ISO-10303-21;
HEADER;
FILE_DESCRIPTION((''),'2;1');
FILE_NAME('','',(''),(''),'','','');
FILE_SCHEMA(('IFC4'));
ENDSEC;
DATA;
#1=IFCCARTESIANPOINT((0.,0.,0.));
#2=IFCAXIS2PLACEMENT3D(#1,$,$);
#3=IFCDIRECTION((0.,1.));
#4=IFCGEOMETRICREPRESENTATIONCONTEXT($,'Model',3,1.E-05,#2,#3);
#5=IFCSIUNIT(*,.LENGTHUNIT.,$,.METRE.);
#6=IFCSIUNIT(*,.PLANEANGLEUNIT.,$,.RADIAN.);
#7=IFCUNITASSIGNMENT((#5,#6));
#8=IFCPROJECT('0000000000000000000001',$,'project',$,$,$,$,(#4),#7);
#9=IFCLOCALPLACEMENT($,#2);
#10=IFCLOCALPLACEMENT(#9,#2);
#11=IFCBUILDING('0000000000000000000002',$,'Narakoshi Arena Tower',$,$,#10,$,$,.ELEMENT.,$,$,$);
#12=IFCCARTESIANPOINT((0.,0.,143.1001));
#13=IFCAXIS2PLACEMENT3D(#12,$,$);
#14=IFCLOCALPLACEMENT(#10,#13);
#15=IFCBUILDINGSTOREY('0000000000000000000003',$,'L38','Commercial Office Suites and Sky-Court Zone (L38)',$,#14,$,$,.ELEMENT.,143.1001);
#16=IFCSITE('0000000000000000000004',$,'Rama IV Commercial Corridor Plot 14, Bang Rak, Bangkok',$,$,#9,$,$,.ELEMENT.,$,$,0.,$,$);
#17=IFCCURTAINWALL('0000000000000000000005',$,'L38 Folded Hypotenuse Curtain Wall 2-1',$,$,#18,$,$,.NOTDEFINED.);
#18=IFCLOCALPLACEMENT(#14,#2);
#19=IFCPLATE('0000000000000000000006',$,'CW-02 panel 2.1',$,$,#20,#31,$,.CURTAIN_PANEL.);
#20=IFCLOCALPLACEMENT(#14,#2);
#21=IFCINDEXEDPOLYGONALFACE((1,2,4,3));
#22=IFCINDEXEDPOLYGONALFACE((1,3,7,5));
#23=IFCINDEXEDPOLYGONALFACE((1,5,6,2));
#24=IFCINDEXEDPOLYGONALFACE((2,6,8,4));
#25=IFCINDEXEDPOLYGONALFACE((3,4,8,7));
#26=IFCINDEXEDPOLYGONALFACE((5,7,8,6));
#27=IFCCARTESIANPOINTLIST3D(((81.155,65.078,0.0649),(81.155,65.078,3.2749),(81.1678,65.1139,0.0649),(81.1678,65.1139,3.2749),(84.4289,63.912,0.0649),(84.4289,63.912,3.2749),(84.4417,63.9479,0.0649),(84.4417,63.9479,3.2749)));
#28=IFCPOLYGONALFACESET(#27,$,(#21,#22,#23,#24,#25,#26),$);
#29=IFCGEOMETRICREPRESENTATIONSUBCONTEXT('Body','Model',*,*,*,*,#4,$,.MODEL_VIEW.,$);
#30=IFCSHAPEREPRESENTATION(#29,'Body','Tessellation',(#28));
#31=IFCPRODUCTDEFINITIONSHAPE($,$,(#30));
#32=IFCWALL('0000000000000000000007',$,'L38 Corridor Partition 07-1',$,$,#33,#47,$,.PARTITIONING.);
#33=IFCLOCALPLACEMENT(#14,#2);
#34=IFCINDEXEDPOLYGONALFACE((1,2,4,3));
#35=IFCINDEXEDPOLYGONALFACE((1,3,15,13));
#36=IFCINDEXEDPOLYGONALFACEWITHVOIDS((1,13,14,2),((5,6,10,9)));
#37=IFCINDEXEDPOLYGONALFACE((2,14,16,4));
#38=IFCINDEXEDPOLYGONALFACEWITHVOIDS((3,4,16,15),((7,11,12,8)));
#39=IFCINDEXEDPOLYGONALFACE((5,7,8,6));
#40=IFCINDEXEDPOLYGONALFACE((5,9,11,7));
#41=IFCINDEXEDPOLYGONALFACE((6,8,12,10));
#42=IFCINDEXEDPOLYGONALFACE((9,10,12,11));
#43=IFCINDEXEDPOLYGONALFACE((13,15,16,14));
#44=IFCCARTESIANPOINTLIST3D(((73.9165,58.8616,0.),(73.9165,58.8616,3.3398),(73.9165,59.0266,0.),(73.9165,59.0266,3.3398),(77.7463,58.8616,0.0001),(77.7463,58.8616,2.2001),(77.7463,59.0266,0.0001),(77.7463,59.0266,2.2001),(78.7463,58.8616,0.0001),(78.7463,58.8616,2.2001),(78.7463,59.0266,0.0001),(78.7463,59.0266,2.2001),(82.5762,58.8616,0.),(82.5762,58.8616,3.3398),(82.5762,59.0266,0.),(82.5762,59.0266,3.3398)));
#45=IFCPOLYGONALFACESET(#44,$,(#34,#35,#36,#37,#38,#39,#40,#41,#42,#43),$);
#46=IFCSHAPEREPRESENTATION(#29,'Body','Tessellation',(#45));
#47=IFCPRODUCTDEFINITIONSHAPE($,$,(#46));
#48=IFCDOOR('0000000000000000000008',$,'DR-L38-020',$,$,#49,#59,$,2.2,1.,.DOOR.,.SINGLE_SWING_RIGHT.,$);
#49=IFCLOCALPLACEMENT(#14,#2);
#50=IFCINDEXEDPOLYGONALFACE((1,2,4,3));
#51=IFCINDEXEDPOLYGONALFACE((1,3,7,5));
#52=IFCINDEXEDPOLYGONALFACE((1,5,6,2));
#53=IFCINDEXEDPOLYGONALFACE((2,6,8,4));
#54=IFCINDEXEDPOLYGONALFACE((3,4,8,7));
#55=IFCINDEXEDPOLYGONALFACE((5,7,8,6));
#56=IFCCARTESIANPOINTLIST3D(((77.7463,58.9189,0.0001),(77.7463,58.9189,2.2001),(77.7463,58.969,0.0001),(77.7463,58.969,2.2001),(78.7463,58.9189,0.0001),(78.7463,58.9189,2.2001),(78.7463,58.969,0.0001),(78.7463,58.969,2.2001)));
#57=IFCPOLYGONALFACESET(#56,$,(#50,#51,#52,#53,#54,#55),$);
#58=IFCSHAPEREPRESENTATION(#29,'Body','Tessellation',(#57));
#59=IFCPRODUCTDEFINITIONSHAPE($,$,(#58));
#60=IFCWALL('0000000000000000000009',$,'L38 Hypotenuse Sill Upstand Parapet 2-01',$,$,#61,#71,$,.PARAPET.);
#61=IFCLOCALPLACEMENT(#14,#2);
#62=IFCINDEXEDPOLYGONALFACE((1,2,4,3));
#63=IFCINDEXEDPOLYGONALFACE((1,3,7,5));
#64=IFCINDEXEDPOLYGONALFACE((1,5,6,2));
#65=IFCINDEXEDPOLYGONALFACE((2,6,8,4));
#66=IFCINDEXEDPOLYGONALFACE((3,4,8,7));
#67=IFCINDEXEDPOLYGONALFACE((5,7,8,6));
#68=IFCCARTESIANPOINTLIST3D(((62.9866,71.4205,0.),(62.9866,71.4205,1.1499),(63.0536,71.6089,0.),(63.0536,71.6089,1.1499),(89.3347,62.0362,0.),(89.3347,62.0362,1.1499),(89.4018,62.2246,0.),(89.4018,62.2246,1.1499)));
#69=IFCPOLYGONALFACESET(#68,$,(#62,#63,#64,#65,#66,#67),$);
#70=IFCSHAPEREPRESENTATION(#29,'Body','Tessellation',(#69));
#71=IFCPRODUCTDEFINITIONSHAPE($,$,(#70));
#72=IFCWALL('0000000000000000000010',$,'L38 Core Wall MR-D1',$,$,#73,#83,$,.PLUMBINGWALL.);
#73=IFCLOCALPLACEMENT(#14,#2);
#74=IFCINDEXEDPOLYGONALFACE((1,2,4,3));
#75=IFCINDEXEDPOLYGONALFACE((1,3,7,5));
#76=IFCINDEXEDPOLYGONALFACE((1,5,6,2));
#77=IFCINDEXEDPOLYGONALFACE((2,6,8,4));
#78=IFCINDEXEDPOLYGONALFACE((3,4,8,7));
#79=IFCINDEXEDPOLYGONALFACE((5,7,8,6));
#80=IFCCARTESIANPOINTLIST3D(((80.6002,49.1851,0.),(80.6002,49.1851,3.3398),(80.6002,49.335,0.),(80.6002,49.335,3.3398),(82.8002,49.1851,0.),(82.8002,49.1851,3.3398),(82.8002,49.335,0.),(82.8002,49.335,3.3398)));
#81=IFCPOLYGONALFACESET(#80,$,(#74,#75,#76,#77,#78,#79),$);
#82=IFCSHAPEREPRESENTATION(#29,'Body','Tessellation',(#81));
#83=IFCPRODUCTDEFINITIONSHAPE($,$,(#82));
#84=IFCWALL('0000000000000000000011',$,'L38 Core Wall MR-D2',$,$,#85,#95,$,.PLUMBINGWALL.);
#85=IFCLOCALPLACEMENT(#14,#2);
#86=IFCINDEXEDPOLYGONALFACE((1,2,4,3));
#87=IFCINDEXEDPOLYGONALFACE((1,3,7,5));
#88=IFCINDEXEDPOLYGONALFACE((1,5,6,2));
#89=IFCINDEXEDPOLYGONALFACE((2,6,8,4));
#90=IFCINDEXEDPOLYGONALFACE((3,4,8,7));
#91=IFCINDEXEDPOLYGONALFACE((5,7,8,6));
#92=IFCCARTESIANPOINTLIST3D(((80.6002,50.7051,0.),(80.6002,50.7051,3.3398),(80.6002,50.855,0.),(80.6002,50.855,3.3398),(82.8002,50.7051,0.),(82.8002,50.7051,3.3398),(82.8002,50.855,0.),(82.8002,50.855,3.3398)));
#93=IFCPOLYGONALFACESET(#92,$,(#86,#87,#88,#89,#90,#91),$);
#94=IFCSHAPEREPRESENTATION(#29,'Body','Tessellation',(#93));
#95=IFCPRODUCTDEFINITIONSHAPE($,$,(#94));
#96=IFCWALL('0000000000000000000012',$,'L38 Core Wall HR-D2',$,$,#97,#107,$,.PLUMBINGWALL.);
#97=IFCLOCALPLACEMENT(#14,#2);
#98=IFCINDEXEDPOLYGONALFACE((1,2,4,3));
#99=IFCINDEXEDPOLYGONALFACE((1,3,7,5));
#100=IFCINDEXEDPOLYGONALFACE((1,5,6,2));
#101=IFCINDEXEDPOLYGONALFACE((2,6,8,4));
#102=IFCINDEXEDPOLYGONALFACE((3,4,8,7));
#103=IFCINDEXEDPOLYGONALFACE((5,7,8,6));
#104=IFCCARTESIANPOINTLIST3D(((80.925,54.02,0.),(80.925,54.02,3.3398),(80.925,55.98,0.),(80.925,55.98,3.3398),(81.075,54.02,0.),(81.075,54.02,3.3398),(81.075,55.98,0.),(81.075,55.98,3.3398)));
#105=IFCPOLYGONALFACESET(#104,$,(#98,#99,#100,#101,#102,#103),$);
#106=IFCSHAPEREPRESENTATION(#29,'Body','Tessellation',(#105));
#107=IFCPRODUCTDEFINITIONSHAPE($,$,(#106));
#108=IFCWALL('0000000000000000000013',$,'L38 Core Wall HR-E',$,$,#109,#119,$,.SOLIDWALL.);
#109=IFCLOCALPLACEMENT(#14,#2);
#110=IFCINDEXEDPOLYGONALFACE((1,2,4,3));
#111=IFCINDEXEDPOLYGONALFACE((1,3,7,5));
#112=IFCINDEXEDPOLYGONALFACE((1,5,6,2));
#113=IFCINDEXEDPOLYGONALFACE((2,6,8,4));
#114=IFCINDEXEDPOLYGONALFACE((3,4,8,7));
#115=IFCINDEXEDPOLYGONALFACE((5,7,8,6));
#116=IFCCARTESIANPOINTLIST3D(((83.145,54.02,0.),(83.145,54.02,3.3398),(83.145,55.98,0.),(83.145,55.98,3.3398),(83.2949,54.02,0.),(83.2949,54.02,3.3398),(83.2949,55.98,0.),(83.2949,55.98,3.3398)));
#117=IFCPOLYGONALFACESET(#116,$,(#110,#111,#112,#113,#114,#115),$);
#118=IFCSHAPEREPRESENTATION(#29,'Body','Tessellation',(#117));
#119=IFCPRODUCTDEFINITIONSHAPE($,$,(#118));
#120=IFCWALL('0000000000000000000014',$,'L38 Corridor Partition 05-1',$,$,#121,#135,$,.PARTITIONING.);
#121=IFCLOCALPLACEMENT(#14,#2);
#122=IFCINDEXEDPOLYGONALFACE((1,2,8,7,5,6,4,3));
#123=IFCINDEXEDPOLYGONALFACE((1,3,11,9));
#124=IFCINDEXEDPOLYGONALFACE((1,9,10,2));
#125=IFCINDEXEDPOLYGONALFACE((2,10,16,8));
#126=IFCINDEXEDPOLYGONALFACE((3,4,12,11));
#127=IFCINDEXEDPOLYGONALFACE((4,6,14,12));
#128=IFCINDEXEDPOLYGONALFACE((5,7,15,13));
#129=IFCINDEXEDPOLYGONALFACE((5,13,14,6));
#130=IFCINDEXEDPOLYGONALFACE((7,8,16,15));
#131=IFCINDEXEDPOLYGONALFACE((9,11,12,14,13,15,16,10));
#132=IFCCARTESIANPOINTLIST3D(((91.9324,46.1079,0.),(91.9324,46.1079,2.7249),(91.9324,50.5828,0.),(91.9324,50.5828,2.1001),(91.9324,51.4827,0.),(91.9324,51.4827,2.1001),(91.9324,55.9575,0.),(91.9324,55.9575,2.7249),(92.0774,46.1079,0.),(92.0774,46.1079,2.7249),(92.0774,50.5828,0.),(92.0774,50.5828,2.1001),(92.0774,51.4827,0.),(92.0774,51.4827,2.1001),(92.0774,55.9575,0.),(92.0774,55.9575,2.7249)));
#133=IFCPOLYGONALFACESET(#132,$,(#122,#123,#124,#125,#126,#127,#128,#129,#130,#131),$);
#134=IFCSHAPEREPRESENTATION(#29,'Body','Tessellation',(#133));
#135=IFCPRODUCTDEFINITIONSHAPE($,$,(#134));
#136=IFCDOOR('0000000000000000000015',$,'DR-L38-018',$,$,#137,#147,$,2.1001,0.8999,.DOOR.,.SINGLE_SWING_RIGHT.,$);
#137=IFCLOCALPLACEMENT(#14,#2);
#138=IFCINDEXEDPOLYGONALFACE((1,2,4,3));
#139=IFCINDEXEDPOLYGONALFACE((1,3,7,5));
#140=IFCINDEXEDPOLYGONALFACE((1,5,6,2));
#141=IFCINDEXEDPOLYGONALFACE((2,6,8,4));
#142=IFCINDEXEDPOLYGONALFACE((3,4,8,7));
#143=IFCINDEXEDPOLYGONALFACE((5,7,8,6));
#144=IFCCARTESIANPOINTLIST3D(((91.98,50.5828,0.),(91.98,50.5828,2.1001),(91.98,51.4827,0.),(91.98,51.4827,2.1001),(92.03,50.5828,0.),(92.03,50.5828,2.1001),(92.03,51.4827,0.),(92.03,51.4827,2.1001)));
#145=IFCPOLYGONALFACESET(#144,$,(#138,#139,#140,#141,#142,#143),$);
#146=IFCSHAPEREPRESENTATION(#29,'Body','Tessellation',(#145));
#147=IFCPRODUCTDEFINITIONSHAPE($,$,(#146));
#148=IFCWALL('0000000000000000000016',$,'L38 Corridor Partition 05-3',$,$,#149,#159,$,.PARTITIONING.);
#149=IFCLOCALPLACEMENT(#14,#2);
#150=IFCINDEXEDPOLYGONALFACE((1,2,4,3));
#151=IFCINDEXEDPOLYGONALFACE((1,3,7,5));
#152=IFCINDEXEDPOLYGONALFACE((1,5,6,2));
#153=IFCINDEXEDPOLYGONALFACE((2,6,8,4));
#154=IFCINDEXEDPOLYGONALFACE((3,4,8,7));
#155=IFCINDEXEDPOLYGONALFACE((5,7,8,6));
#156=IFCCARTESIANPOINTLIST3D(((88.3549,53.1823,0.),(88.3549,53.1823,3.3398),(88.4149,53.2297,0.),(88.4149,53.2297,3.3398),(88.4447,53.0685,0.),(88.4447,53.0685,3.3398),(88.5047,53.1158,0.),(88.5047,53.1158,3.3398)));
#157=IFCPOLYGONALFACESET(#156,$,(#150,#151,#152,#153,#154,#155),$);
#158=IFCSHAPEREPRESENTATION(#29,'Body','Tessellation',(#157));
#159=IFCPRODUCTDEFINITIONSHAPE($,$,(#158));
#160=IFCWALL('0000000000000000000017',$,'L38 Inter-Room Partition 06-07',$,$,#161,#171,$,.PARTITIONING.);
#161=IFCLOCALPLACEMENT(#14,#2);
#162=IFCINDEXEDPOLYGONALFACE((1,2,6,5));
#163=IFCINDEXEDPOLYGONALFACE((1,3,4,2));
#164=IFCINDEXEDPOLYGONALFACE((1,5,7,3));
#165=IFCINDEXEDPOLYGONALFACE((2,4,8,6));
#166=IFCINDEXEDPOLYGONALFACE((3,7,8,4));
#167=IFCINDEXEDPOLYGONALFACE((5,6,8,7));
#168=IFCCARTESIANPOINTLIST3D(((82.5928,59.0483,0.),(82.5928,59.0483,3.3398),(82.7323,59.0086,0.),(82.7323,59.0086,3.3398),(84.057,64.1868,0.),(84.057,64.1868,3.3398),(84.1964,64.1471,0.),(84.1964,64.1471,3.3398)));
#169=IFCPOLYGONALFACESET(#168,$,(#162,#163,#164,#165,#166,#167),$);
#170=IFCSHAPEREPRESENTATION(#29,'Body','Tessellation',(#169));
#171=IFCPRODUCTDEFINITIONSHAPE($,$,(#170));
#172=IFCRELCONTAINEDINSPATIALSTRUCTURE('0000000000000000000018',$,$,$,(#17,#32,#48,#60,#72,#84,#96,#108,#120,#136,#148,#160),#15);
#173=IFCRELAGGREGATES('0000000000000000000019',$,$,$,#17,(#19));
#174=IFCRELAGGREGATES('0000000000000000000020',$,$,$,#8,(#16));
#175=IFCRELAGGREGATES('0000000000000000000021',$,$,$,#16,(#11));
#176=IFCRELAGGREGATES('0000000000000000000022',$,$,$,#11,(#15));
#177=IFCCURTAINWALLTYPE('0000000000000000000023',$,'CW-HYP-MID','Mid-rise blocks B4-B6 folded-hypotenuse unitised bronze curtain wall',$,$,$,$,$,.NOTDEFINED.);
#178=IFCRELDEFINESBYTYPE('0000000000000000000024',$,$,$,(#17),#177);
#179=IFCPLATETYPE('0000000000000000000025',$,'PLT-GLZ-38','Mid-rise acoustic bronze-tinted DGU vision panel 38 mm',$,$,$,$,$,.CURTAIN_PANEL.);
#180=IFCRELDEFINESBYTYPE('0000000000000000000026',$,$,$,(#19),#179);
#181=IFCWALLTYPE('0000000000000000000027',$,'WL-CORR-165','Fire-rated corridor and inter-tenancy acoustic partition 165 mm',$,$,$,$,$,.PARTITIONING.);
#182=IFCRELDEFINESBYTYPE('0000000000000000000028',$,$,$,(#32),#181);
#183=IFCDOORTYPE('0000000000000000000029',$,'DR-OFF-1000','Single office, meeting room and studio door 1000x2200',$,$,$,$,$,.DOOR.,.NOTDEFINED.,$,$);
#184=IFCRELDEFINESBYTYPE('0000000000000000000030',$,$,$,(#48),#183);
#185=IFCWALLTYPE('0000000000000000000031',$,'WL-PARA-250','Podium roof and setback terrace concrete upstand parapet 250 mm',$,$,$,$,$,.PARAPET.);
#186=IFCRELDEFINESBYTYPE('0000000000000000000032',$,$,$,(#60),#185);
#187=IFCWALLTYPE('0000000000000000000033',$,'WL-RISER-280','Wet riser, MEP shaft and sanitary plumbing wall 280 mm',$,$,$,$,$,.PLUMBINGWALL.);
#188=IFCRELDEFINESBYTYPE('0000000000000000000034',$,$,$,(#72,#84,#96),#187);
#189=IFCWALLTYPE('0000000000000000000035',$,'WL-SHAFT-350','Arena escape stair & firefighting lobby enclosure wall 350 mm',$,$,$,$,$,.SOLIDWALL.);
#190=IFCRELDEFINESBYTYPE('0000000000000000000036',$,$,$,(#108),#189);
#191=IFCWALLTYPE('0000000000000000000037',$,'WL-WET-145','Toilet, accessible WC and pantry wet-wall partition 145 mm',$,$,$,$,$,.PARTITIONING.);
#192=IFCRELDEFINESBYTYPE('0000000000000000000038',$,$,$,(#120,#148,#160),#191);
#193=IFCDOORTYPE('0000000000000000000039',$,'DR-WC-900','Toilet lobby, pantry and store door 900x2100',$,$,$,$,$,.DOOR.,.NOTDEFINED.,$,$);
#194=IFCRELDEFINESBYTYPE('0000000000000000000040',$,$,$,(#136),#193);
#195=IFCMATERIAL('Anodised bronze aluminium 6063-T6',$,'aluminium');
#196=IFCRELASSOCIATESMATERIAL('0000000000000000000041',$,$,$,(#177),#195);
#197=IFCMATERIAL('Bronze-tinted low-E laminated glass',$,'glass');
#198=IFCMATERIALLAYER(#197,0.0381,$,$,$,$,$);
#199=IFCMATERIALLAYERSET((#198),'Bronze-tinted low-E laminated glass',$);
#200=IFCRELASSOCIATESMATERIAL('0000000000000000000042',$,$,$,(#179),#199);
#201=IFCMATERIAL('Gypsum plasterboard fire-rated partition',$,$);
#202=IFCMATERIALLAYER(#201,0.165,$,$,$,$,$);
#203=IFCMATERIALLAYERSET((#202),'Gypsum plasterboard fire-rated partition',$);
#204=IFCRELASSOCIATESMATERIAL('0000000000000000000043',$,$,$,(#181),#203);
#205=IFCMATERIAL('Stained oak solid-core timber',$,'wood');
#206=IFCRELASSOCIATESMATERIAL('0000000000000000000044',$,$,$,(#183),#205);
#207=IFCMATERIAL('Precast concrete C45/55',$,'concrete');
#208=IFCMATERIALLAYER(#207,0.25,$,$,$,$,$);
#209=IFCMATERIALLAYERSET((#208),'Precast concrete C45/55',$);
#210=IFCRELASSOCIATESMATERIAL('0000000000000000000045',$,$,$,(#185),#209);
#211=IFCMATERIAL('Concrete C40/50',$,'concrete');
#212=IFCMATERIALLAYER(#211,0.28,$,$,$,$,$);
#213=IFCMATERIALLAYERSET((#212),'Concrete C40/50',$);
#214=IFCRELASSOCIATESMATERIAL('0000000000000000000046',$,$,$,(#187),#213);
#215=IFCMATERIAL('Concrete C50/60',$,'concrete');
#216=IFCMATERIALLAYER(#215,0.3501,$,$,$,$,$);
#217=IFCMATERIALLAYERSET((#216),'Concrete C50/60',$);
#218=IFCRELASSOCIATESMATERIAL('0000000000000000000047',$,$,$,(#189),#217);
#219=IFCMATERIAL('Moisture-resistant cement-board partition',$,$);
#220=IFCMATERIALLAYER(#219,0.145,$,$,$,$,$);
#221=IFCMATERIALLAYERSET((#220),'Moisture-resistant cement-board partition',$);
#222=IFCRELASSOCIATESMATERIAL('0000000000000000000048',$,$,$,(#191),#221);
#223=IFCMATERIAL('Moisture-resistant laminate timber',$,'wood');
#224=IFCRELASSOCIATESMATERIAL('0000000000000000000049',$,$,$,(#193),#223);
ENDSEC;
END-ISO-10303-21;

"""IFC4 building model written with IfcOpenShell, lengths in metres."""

from ifc_helpers import new_model, si_unit, direction, frame, frame_2d, origin, origin_2d, place, context, subcontext, project, spatial, rectangle, extrude, material, layer, layer_set, type_object, element, fill, aggregate, save


model = new_model("IFC4")

# Units and contexts
model_context = context("Model", 3, precision=1e-05, world=origin(), true_north=direction((0.0, 1.0)))
body_context = subcontext(model_context, "Body", "Model", "MODEL_VIEW")
ifc_project = project(units=[si_unit("LENGTHUNIT", "METRE"), si_unit("PLANEANGLEUNIT", "RADIAN")], contexts=[model_context])

# Site, building, storey
site_placement = place(None, origin())
site = spatial("IfcSite", under=ifc_project, at=site_placement, Name="Rama IV Commercial Corridor Plot 14, Bang Rak, Bangkok", CompositionType="ELEMENT", RefElevation=0.0)
building_placement = place(site_placement, origin())
building = spatial("IfcBuilding", under=site, at=building_placement, Name="Narakoshi Arena Tower", CompositionType="ELEMENT")
storey_placement = place(building_placement, frame((0.0, 0.0, 143.1001)))
storey = spatial("IfcBuildingStorey", under=building, at=storey_placement, Name="L38", Description="Commercial Office Suites and Sky-Court Zone (L38)", CompositionType="ELEMENT", Elevation=143.1001)

# Shared definitions
ifc_material_1 = material(Name="Anodised bronze aluminium 6063-T6", Category="aluminium")
curtain_wall_type = type_object("IfcCurtainWallType", Name="CW-HYP-MID", Description="Mid-rise blocks B4-B6 folded-hypotenuse unitised bronze curtain wall", PredefinedType="NOTDEFINED", material=ifc_material_1)

# Curtain wall, plate
curtain_wall_1_placement = place(storey_placement, origin())
curtain_wall_1 = element("IfcCurtainWall", 1, at=curtain_wall_1_placement, inside=storey, type_object=curtain_wall_type, Name="L38 Folded Hypotenuse Curtain Wall 2-1", PredefinedType="NOTDEFINED")
ifc_material_2 = material(Name="Bronze-tinted low-E laminated glass", Category="glass")
ifc_layer_1 = layer(ifc_material_2, 0.0381)
ifc_layer_set_1 = layer_set([ifc_layer_1], Name="Bronze-tinted low-E laminated glass")
plate_type = type_object("IfcPlateType", Name="PLT-GLZ-38", Description="Mid-rise acoustic bronze-tinted DGU vision panel 38 mm", PredefinedType="CURTAIN_PANEL", material=ifc_layer_set_1)
plate_1_placement = place(storey_placement, frame((82.7983, 64.5129, 0.0649), z_axis=(0.0, 0.0, 1.0), x_axis=(-0.942034, 0.335518, 0.0)))
plate_1 = element("IfcPlate", 2, at=plate_1_placement, type_object=plate_type, Name="CW-02 panel 2.1", PredefinedType="CURTAIN_PANEL", context=body_context, shape_type="SweptSolid", body=[
    extrude(rectangle(XDim=3.4753, YDim=0.0381, at=origin_2d()), origin(), (0.0, 0.0, 1.0), 3.21),
])
aggregate(curtain_wall_1, [plate_1])

# Wall, opening, door
ifc_material_3 = material(Name="Gypsum plasterboard fire-rated partition")
ifc_layer_2 = layer(ifc_material_3, 0.165)
ifc_layer_set_2 = layer_set([ifc_layer_2], Name="Gypsum plasterboard fire-rated partition")
wall_type_1 = type_object("IfcWallType", Name="WL-CORR-165", Description="Fire-rated corridor and inter-tenancy acoustic partition 165 mm", PredefinedType="PARTITIONING", material=ifc_layer_set_2)
wall_1_placement = place(storey_placement, frame((82.5762, 58.9441, 0.0), z_axis=(0.0, 0.0, 1.0), x_axis=(-1.0, 0.0, 0.0)))
wall_1 = element("IfcWall", 3, at=wall_1_placement, inside=storey, type_object=wall_type_1, Name="L38 Corridor Partition 07-1", PredefinedType="PARTITIONING", context=body_context, shape_type="SweptSolid", body=[
    extrude(rectangle(XDim=8.6597, YDim=0.165, at=frame_2d((4.3298, 0.0))), origin(), (0.0, 0.0, 1.0), 3.3398),
])
opening_1_placement = place(wall_1_placement, frame((3.8298, 0.0, 0.0)))
opening_1 = element("IfcOpeningElement", 4, at=opening_1_placement, cuts=wall_1, PredefinedType="OPENING", context=body_context, shape_type="SweptSolid", body=[
    extrude(rectangle(XDim=1.0, YDim=2.2, at=frame_2d((0.5, 1.1001))), frame((0.0, 0.0925, 0.0), z_axis=(0.0, -1.0, 0.0), x_axis=(1.0, 0.0, 0.0)), (0.0, 0.0, 1.0), 0.1851),
])
ifc_material_4 = material(Name="Stained oak solid-core timber", Category="wood")
door_type_1 = type_object("IfcDoorType", Name="DR-OFF-1000", Description="Single office, meeting room and studio door 1000x2200", OperationType="NOTDEFINED", PredefinedType="DOOR", material=ifc_material_4)
door_1_placement = place(opening_1_placement, frame((1.0, 0.0, 0.0), z_axis=(0.0, 0.0, 1.0), x_axis=(-1.0, 0.0, 0.0)))
door_1 = element("IfcDoor", 5, at=door_1_placement, inside=storey, type_object=door_type_1, Name="DR-L38-020", OperationType="SINGLE_SWING_RIGHT", OverallHeight=2.2, OverallWidth=1.0, PredefinedType="DOOR", context=body_context, shape_type="SweptSolid", body=[
    extrude(rectangle(XDim=1.0, YDim=2.2, at=frame_2d((0.5, 1.1001))), frame((0.0, 0.0249, 0.0), z_axis=(0.0, -1.0, 0.0), x_axis=(1.0, 0.0, 0.0)), (0.0, 0.0, 1.0), 0.05),
])
fill(opening_1, door_1)

# Walls
ifc_material_5 = material(Name="Precast concrete C45/55", Category="concrete")
ifc_layer_3 = layer(ifc_material_5, 0.25)
ifc_layer_set_3 = layer_set([ifc_layer_3], Name="Precast concrete C45/55")
wall_type_2 = type_object("IfcWallType", Name="WL-PARA-250", Description="Podium roof and setback terrace concrete upstand parapet 250 mm", PredefinedType="PARAPET", material=ifc_layer_set_3)
wall_2_placement = place(storey_placement, frame((89.3684, 62.1304, 0.0), z_axis=(0.0, 0.0, 1.0), x_axis=(-0.942033, 0.335519, 0.0)))
element("IfcWall", 6, at=wall_2_placement, inside=storey, type_object=wall_type_2, Name="L38 Hypotenuse Sill Upstand Parapet 2-01", PredefinedType="PARAPET", context=body_context, shape_type="SweptSolid", body=[
    extrude(rectangle(XDim=27.9695, YDim=0.2, at=frame_2d((13.9849, 0.0))), origin(), (0.0, 0.0, 1.0), 1.1499),
])
ifc_material_6 = material(Name="Concrete C40/50", Category="concrete")
ifc_layer_4 = layer(ifc_material_6, 0.28)
ifc_layer_set_4 = layer_set([ifc_layer_4], Name="Concrete C40/50")
wall_type_3 = type_object("IfcWallType", Name="WL-RISER-280", Description="Wet riser, MEP shaft and sanitary plumbing wall 280 mm", PredefinedType="PLUMBINGWALL", material=ifc_layer_set_4)
for number, where, z_axis, x_axis, name in (
    (7, (80.6001, 49.26, 0.0), (0.0, 0.0, 1.0), (1.0, 0.0, 0.0), "L38 Core Wall MR-D1"),
    (8, (80.6001, 50.78, 0.0), (0.0, 0.0, 1.0), (1.0, 0.0, 0.0), "L38 Core Wall MR-D2"),
):
    element("IfcWall", number, at=place(storey_placement, frame(where, z_axis=z_axis, x_axis=x_axis)), inside=storey, type_object=wall_type_3, Name=name, PredefinedType="PLUMBINGWALL", context=body_context, shape_type="SweptSolid", body=[
        extrude(rectangle(XDim=2.2, YDim=0.1499, at=frame_2d((1.1001, 0.0))), origin(), (0.0, 0.0, 1.0), 3.3398),
    ])
wall_3_placement = place(storey_placement, frame((81.0, 54.02, 0.0), z_axis=(0.0, 0.0, 1.0), x_axis=(0.0, 1.0, 0.0)))
element("IfcWall", 9, at=wall_3_placement, inside=storey, type_object=wall_type_3, Name="L38 Core Wall HR-D2", PredefinedType="PLUMBINGWALL", context=body_context, shape_type="SweptSolid", body=[
    extrude(rectangle(XDim=1.96, YDim=0.1499, at=frame_2d((0.98, 0.0))), origin(), (0.0, 0.0, 1.0), 3.3398),
])
ifc_material_7 = material(Name="Concrete C50/60", Category="concrete")
ifc_layer_5 = layer(ifc_material_7, 0.3501)
ifc_layer_set_5 = layer_set([ifc_layer_5], Name="Concrete C50/60")
wall_type_4 = type_object("IfcWallType", Name="WL-SHAFT-350", Description="Arena escape stair & firefighting lobby enclosure wall 350 mm", PredefinedType="SOLIDWALL", material=ifc_layer_set_5)
wall_4_placement = place(storey_placement, frame((83.22, 54.02, 0.0), z_axis=(0.0, 0.0, 1.0), x_axis=(0.0, 1.0, 0.0)))
element("IfcWall", 10, at=wall_4_placement, inside=storey, type_object=wall_type_4, Name="L38 Core Wall HR-E", PredefinedType="SOLIDWALL", context=body_context, shape_type="SweptSolid", body=[
    extrude(rectangle(XDim=1.96, YDim=0.1499, at=frame_2d((0.98, 0.0))), origin(), (0.0, 0.0, 1.0), 3.3398),
])

# Wall, opening, door
ifc_material_8 = material(Name="Moisture-resistant cement-board partition")
ifc_layer_6 = layer(ifc_material_8, 0.145)
ifc_layer_set_6 = layer_set([ifc_layer_6], Name="Moisture-resistant cement-board partition")
wall_type_5 = type_object("IfcWallType", Name="WL-WET-145", Description="Toilet, accessible WC and pantry wet-wall partition 145 mm", PredefinedType="PARTITIONING", material=ifc_layer_set_6)
wall_5_placement = place(storey_placement, frame((92.0049, 55.9575, 0.0), z_axis=(0.0, 0.0, 1.0), x_axis=(0.0, -1.0, 0.0)))
wall_5 = element("IfcWall", 11, at=wall_5_placement, inside=storey, type_object=wall_type_5, Name="L38 Corridor Partition 05-1", PredefinedType="PARTITIONING", context=body_context, shape_type="SweptSolid", body=[
    extrude(rectangle(XDim=9.8496, YDim=0.145, at=frame_2d((4.9248, 0.0))), origin(), (0.0, 0.0, 1.0), 2.7249),
])
opening_2_placement = place(wall_5_placement, frame((4.4749, 0.0, 0.0)))
opening_2 = element("IfcOpeningElement", 12, at=opening_2_placement, cuts=wall_5, PredefinedType="OPENING", context=body_context, shape_type="SweptSolid", body=[
    extrude(rectangle(XDim=0.8999, YDim=2.1001, at=frame_2d((0.45, 1.05))), frame((0.0, 0.0825, 0.0), z_axis=(0.0, -1.0, 0.0), x_axis=(1.0, 0.0, 0.0)), (0.0, 0.0, 1.0), 0.165),
])
ifc_material_9 = material(Name="Moisture-resistant laminate timber", Category="wood")
door_type_2 = type_object("IfcDoorType", Name="DR-WC-900", Description="Toilet lobby, pantry and store door 900x2100", OperationType="NOTDEFINED", PredefinedType="DOOR", material=ifc_material_9)
door_2_placement = place(opening_2_placement, frame((0.8999, 0.0, 0.0), z_axis=(0.0, 0.0, 1.0), x_axis=(-1.0, 0.0, 0.0)))
door_2 = element("IfcDoor", 13, at=door_2_placement, inside=storey, type_object=door_type_2, Name="DR-L38-018", OperationType="SINGLE_SWING_RIGHT", OverallHeight=2.1001, OverallWidth=0.8999, PredefinedType="DOOR", context=body_context, shape_type="SweptSolid", body=[
    extrude(rectangle(XDim=0.8999, YDim=2.1001, at=frame_2d((0.45, 1.05))), frame((0.0, 0.0249, 0.0), z_axis=(0.0, -1.0, 0.0), x_axis=(1.0, 0.0, 0.0)), (0.0, 0.0, 1.0), 0.05),
])
fill(opening_2, door_2)

# Walls
wall_6_placement = place(storey_placement, frame((88.3999, 53.1255, 0.0), z_axis=(0.0, 0.0, 1.0), x_axis=(0.785209, 0.61923, 0.0)))
element("IfcWall", 14, at=wall_6_placement, inside=storey, type_object=wall_type_5, Name="L38 Corridor Partition 05-3", PredefinedType="PARTITIONING", context=body_context, shape_type="SweptSolid", body=[
    extrude(rectangle(XDim=0.0764, YDim=0.145, at=frame_2d((0.0381, 0.0))), origin(), (0.0, 0.0, 1.0), 3.3398),
])
wall_7_placement = place(storey_placement, frame((82.6626, 59.0286, 0.0), z_axis=(0.0, 0.0, 1.0), x_axis=(0.274027, 0.961722, 0.0)))
element("IfcWall", 15, at=wall_7_placement, inside=storey, type_object=wall_type_5, Name="L38 Inter-Room Partition 06-07", PredefinedType="PARTITIONING", context=body_context, shape_type="SweptSolid", body=[
    extrude(rectangle(XDim=5.343, YDim=0.145, at=frame_2d((2.6714, 0.0))), origin(), (0.0, 0.0, 1.0), 3.3398),
])

save(model, "model.ifc")
